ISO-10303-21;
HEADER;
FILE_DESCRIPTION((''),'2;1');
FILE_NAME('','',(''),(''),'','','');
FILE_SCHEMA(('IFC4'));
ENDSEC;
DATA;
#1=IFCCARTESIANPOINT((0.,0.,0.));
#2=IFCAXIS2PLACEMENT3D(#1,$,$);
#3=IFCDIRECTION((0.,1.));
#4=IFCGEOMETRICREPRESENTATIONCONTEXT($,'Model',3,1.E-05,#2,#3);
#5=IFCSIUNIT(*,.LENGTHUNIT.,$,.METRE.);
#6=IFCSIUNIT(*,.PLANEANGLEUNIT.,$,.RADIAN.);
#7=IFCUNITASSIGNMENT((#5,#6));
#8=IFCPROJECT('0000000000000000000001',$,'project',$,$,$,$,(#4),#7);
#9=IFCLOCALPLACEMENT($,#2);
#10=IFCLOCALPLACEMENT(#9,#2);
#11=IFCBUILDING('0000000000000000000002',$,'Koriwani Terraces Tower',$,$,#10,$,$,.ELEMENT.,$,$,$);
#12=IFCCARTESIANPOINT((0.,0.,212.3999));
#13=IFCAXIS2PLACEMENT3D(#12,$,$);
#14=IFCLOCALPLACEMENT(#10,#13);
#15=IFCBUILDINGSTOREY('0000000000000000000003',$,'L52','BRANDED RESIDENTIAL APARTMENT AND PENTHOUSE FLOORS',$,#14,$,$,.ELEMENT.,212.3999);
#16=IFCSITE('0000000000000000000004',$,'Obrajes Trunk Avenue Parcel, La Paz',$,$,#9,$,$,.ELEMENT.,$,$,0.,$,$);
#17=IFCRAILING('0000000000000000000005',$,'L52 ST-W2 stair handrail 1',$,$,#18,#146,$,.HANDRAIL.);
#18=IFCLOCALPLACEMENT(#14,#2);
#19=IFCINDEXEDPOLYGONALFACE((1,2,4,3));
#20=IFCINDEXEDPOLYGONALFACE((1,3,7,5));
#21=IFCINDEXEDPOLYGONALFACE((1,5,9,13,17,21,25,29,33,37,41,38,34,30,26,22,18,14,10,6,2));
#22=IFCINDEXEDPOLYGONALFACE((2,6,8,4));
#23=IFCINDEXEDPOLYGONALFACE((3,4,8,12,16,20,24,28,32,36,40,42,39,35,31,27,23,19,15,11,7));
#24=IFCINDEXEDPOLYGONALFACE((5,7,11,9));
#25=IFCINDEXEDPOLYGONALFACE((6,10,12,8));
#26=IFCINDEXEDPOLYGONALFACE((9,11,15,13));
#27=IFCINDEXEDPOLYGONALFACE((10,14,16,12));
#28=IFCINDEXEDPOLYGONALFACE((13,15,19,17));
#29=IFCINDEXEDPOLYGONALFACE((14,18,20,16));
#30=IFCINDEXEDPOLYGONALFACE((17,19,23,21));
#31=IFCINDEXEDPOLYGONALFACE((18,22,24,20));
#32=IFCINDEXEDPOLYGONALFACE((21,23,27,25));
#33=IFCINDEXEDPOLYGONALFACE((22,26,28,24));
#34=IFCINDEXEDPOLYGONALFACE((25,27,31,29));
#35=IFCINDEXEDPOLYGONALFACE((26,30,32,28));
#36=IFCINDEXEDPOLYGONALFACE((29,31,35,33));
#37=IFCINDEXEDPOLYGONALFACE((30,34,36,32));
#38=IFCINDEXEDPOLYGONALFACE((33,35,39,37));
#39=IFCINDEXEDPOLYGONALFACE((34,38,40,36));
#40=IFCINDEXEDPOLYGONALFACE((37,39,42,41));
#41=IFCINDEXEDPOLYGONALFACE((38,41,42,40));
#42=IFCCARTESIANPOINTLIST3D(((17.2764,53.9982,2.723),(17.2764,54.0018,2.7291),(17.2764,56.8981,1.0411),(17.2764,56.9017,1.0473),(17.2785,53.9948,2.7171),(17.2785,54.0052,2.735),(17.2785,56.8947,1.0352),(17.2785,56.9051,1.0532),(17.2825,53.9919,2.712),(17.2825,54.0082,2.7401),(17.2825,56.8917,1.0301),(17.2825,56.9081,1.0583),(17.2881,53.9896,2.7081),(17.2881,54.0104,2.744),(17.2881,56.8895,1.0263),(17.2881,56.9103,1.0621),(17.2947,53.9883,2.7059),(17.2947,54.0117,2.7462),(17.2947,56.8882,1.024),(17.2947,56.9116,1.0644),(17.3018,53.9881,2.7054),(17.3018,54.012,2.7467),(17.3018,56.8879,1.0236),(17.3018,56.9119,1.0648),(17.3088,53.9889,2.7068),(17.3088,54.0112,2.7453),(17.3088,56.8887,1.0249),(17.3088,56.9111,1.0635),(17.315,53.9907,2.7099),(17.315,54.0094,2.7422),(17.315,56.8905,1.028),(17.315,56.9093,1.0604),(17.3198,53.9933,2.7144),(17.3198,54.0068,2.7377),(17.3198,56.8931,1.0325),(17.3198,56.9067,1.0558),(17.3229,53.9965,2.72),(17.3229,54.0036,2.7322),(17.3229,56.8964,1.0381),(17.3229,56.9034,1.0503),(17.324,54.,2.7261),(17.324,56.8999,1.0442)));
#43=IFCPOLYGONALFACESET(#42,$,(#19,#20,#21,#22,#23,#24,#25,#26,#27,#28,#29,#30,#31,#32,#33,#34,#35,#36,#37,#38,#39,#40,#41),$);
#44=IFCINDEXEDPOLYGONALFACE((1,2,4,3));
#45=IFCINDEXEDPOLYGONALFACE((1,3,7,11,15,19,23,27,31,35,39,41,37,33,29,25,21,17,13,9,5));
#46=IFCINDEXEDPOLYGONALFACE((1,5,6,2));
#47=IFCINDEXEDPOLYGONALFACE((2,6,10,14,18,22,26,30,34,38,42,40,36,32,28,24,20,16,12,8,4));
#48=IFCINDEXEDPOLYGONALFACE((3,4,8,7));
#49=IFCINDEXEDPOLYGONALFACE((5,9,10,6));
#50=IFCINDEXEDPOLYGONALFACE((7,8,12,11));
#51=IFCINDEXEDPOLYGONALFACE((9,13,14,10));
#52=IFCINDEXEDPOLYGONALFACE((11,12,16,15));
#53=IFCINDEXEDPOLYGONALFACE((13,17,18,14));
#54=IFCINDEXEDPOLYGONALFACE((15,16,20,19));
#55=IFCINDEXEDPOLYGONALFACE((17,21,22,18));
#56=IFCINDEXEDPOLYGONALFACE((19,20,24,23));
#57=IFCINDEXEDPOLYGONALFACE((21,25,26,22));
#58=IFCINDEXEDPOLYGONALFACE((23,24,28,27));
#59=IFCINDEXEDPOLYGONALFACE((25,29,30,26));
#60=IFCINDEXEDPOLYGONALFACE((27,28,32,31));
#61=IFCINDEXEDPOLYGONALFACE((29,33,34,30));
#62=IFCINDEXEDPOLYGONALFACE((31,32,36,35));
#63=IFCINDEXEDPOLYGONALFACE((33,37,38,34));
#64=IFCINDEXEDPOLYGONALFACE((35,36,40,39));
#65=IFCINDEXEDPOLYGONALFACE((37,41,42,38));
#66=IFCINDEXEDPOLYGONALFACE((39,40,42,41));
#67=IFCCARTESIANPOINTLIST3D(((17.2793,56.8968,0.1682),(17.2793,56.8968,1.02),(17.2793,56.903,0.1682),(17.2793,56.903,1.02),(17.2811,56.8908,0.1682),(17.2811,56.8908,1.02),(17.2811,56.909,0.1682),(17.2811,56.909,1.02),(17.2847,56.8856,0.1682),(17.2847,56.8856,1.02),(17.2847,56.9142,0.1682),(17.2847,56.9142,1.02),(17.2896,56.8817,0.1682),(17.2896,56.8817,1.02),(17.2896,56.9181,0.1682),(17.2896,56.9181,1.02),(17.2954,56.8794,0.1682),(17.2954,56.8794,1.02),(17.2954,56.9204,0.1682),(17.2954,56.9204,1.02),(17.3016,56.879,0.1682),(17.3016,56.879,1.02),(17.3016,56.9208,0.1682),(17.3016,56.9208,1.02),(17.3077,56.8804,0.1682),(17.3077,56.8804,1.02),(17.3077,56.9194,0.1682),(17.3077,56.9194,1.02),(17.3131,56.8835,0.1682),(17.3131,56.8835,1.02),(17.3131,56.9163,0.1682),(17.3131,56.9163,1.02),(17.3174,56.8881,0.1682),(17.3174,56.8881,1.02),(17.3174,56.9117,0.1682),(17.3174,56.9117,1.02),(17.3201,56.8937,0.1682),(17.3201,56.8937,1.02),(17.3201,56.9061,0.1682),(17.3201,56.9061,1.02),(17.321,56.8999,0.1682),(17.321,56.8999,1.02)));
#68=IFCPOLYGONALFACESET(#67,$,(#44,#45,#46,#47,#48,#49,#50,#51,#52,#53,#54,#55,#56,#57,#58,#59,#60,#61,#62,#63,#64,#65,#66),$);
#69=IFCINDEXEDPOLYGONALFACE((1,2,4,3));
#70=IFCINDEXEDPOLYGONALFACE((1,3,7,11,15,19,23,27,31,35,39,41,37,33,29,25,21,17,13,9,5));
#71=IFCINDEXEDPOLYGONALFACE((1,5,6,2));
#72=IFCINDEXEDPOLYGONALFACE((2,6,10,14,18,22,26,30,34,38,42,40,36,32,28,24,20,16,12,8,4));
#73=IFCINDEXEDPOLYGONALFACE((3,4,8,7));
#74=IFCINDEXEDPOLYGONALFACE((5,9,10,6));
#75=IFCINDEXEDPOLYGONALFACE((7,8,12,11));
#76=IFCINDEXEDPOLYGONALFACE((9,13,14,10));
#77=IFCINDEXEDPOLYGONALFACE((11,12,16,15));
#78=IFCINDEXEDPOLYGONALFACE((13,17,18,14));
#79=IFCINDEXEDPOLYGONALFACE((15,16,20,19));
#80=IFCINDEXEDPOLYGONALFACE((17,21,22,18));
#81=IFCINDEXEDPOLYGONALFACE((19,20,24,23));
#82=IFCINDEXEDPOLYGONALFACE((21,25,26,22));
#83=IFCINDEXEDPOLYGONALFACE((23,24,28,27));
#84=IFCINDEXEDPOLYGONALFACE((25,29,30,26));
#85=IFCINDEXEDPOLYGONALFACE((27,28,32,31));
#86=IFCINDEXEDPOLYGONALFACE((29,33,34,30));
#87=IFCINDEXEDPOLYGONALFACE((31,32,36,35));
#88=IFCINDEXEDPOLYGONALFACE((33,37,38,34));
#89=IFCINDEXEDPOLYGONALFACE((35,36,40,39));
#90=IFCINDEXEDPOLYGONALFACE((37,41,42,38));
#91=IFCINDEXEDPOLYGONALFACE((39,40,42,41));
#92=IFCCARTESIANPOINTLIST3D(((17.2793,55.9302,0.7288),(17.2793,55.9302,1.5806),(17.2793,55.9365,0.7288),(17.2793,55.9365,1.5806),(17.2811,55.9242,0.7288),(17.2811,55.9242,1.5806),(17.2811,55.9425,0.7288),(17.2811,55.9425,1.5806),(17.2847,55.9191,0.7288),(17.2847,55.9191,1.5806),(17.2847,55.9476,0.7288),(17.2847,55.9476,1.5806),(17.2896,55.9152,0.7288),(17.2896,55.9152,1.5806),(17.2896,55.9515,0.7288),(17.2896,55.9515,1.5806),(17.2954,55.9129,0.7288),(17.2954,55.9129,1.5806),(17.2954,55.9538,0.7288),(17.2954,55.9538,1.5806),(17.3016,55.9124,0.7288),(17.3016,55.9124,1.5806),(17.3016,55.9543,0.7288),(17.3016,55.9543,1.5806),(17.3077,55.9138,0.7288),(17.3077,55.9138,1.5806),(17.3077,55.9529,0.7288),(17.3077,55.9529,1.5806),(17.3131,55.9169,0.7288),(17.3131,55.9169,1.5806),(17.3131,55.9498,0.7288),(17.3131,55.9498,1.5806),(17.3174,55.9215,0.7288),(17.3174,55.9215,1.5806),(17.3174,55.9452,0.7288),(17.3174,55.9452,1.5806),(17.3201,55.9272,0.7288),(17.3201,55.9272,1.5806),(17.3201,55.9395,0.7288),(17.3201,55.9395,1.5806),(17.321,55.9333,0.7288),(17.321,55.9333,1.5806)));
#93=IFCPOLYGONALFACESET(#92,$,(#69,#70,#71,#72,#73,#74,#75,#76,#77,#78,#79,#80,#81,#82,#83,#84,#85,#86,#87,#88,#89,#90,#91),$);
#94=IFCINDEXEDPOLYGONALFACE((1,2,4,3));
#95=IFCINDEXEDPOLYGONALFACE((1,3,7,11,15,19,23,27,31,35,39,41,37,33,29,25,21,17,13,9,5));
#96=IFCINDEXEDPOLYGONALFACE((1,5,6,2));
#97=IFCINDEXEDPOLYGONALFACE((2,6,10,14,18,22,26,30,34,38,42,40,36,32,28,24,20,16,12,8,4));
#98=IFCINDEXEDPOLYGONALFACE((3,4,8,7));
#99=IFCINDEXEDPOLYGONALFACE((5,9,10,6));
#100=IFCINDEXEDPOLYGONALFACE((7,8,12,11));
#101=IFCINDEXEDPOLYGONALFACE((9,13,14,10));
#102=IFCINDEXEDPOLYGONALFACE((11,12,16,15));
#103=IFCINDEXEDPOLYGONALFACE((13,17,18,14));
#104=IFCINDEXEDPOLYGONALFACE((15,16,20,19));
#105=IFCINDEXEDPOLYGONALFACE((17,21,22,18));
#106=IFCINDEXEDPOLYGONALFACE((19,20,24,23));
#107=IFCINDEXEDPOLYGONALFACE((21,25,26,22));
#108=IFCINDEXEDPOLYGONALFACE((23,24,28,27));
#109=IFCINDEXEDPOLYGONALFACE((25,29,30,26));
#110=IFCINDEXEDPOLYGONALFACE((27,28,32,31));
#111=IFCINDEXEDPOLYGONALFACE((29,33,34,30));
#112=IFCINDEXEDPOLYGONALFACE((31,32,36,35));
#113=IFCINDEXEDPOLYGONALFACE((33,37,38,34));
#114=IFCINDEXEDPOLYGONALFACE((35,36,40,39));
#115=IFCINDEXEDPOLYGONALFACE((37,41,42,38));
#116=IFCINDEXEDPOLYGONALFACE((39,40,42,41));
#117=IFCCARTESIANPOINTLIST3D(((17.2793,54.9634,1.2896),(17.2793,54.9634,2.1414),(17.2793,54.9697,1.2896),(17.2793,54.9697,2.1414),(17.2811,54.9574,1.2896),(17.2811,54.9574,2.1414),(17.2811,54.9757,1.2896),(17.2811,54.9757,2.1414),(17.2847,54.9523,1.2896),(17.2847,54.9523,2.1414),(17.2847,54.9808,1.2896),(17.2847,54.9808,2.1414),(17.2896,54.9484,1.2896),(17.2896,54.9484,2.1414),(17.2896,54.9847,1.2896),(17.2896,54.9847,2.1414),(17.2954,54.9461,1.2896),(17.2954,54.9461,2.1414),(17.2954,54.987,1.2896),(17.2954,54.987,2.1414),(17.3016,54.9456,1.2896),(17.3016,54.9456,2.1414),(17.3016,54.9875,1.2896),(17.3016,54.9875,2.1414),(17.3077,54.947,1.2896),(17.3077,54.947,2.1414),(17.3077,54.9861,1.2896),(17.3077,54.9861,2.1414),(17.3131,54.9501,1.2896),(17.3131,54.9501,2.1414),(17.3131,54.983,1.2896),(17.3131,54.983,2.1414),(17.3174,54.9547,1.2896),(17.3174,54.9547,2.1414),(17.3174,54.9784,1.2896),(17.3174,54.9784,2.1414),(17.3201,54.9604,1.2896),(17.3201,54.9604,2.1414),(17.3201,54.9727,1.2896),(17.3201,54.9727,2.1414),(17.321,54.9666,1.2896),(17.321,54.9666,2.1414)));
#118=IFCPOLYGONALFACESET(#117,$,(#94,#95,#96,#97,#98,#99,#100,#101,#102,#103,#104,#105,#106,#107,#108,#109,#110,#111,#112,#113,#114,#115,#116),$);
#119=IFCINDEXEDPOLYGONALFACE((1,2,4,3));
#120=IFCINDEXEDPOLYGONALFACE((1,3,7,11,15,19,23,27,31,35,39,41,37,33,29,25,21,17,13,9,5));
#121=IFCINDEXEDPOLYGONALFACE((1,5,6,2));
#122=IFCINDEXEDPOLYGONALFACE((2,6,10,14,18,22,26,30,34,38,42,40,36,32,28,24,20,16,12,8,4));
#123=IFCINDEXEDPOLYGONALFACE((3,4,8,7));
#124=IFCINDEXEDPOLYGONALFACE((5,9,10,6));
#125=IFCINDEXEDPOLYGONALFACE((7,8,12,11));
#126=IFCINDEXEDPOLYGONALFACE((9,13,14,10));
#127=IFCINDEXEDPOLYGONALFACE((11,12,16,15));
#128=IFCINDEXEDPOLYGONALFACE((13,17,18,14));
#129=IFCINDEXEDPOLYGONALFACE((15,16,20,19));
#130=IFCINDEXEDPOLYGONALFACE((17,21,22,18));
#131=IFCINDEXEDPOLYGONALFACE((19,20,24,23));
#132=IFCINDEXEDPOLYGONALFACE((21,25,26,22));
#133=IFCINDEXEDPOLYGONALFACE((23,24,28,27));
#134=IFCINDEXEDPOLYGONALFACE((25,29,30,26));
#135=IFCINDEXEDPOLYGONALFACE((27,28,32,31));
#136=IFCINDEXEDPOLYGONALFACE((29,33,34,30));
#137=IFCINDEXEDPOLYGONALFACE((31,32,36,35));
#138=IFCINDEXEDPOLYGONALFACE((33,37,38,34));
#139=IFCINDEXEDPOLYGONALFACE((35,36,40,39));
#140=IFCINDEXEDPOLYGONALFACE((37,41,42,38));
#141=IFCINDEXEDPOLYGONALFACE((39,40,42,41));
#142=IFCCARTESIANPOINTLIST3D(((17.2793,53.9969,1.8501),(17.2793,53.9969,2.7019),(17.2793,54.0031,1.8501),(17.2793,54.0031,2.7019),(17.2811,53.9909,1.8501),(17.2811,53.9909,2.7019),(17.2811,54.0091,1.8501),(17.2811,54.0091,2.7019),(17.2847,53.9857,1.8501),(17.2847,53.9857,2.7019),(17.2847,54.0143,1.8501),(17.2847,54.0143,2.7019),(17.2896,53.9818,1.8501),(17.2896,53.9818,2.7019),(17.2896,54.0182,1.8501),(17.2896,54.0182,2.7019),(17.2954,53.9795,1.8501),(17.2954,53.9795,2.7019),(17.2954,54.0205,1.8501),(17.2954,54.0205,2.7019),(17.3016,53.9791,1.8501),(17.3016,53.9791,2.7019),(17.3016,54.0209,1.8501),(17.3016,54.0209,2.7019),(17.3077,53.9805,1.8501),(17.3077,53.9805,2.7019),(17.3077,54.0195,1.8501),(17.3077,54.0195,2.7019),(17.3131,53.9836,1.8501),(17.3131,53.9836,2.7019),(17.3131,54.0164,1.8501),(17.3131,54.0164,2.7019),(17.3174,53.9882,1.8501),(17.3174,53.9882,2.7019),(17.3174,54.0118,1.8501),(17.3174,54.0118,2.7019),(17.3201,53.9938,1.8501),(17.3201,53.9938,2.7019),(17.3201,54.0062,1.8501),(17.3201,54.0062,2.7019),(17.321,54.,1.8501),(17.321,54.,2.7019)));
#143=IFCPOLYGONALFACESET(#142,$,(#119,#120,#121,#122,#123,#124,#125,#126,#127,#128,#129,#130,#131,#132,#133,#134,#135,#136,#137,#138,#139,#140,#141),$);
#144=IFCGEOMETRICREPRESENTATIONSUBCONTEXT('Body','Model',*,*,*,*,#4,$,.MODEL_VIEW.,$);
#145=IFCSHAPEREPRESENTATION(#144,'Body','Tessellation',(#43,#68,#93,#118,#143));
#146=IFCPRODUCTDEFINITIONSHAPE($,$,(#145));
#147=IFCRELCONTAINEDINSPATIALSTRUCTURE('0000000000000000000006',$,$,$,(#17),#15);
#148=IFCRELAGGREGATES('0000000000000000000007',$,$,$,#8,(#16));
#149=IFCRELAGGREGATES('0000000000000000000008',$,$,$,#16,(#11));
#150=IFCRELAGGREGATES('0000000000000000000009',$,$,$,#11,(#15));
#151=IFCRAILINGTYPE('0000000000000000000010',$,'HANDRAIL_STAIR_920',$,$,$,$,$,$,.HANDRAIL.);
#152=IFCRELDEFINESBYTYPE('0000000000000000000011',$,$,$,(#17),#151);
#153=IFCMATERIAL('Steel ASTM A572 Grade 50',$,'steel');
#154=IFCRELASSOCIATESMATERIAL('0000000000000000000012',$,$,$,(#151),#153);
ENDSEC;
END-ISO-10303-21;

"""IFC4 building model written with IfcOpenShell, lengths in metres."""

from ifc_helpers import new_model, si_unit, direction, frame, origin, origin_2d, place, context, subcontext, project, spatial, circle, extrude, material, type_object, element, save


model = new_model("IFC4")

# Units and contexts
model_context = context("Model", 3, precision=1e-05, world=origin(), true_north=direction((0.0, 1.0)))
body_context = subcontext(model_context, "Body", "Model", "MODEL_VIEW")
ifc_project = project(units=[si_unit("LENGTHUNIT", "METRE"), si_unit("PLANEANGLEUNIT", "RADIAN")], contexts=[model_context])

# Site, building, storey
site_placement = place(None, origin())
site = spatial("IfcSite", under=ifc_project, at=site_placement, Name="Obrajes Trunk Avenue Parcel, La Paz", CompositionType="ELEMENT", RefElevation=0.0)
building_placement = place(site_placement, origin())
building = spatial("IfcBuilding", under=site, at=building_placement, Name="Koriwani Terraces Tower", CompositionType="ELEMENT")
storey_placement = place(building_placement, frame((0.0, 0.0, 212.3999)))
storey = spatial("IfcBuildingStorey", under=building, at=storey_placement, Name="L52", Description="BRANDED RESIDENTIAL APARTMENT AND PENTHOUSE FLOORS", CompositionType="ELEMENT", Elevation=212.3999)

# Shared definitions
ifc_material_1 = material(Name="Steel ASTM A572 Grade 50", Category="steel")

# Railing
railing_type = type_object("IfcRailingType", Name="HANDRAIL_STAIR_920", PredefinedType="HANDRAIL", material=ifc_material_1)
for number, where, name in (
    (1, (17.3, 56.8999, 0.1682), "L52 ST-W2 stair handrail 1"),
):
    element("IfcRailing", number, at=place(storey_placement, frame(where)), inside=storey, type_object=railing_type, Name=name, PredefinedType="HANDRAIL", context=body_context, shape_type="SweptSolid", body=[
        extrude(circle(Radius=0.0239, at=origin_2d()), frame((0.0, 0.0, 0.876), z_axis=(0.0, -0.865039, 0.501705), x_axis=(1.0, 0.0, 0.0)), (0.0, 0.0, 1.0), 3.3523),
        extrude(circle(Radius=0.021, at=origin_2d()), origin(), (0.0, 0.0, 1.0), 0.8518),
        extrude(circle(Radius=0.021, at=origin_2d()), frame((0.0, -0.9666, 0.5605)), (0.0, 0.0, 1.0), 0.8518),
        extrude(circle(Radius=0.021, at=origin_2d()), frame((0.0, -1.9333, 1.1213)), (0.0, 0.0, 1.0), 0.8518),
        extrude(circle(Radius=0.021, at=origin_2d()), frame((0.0, -2.8999, 1.6819)), (0.0, 0.0, 1.0), 0.8518),
    ])

save(model, "model.ifc")
